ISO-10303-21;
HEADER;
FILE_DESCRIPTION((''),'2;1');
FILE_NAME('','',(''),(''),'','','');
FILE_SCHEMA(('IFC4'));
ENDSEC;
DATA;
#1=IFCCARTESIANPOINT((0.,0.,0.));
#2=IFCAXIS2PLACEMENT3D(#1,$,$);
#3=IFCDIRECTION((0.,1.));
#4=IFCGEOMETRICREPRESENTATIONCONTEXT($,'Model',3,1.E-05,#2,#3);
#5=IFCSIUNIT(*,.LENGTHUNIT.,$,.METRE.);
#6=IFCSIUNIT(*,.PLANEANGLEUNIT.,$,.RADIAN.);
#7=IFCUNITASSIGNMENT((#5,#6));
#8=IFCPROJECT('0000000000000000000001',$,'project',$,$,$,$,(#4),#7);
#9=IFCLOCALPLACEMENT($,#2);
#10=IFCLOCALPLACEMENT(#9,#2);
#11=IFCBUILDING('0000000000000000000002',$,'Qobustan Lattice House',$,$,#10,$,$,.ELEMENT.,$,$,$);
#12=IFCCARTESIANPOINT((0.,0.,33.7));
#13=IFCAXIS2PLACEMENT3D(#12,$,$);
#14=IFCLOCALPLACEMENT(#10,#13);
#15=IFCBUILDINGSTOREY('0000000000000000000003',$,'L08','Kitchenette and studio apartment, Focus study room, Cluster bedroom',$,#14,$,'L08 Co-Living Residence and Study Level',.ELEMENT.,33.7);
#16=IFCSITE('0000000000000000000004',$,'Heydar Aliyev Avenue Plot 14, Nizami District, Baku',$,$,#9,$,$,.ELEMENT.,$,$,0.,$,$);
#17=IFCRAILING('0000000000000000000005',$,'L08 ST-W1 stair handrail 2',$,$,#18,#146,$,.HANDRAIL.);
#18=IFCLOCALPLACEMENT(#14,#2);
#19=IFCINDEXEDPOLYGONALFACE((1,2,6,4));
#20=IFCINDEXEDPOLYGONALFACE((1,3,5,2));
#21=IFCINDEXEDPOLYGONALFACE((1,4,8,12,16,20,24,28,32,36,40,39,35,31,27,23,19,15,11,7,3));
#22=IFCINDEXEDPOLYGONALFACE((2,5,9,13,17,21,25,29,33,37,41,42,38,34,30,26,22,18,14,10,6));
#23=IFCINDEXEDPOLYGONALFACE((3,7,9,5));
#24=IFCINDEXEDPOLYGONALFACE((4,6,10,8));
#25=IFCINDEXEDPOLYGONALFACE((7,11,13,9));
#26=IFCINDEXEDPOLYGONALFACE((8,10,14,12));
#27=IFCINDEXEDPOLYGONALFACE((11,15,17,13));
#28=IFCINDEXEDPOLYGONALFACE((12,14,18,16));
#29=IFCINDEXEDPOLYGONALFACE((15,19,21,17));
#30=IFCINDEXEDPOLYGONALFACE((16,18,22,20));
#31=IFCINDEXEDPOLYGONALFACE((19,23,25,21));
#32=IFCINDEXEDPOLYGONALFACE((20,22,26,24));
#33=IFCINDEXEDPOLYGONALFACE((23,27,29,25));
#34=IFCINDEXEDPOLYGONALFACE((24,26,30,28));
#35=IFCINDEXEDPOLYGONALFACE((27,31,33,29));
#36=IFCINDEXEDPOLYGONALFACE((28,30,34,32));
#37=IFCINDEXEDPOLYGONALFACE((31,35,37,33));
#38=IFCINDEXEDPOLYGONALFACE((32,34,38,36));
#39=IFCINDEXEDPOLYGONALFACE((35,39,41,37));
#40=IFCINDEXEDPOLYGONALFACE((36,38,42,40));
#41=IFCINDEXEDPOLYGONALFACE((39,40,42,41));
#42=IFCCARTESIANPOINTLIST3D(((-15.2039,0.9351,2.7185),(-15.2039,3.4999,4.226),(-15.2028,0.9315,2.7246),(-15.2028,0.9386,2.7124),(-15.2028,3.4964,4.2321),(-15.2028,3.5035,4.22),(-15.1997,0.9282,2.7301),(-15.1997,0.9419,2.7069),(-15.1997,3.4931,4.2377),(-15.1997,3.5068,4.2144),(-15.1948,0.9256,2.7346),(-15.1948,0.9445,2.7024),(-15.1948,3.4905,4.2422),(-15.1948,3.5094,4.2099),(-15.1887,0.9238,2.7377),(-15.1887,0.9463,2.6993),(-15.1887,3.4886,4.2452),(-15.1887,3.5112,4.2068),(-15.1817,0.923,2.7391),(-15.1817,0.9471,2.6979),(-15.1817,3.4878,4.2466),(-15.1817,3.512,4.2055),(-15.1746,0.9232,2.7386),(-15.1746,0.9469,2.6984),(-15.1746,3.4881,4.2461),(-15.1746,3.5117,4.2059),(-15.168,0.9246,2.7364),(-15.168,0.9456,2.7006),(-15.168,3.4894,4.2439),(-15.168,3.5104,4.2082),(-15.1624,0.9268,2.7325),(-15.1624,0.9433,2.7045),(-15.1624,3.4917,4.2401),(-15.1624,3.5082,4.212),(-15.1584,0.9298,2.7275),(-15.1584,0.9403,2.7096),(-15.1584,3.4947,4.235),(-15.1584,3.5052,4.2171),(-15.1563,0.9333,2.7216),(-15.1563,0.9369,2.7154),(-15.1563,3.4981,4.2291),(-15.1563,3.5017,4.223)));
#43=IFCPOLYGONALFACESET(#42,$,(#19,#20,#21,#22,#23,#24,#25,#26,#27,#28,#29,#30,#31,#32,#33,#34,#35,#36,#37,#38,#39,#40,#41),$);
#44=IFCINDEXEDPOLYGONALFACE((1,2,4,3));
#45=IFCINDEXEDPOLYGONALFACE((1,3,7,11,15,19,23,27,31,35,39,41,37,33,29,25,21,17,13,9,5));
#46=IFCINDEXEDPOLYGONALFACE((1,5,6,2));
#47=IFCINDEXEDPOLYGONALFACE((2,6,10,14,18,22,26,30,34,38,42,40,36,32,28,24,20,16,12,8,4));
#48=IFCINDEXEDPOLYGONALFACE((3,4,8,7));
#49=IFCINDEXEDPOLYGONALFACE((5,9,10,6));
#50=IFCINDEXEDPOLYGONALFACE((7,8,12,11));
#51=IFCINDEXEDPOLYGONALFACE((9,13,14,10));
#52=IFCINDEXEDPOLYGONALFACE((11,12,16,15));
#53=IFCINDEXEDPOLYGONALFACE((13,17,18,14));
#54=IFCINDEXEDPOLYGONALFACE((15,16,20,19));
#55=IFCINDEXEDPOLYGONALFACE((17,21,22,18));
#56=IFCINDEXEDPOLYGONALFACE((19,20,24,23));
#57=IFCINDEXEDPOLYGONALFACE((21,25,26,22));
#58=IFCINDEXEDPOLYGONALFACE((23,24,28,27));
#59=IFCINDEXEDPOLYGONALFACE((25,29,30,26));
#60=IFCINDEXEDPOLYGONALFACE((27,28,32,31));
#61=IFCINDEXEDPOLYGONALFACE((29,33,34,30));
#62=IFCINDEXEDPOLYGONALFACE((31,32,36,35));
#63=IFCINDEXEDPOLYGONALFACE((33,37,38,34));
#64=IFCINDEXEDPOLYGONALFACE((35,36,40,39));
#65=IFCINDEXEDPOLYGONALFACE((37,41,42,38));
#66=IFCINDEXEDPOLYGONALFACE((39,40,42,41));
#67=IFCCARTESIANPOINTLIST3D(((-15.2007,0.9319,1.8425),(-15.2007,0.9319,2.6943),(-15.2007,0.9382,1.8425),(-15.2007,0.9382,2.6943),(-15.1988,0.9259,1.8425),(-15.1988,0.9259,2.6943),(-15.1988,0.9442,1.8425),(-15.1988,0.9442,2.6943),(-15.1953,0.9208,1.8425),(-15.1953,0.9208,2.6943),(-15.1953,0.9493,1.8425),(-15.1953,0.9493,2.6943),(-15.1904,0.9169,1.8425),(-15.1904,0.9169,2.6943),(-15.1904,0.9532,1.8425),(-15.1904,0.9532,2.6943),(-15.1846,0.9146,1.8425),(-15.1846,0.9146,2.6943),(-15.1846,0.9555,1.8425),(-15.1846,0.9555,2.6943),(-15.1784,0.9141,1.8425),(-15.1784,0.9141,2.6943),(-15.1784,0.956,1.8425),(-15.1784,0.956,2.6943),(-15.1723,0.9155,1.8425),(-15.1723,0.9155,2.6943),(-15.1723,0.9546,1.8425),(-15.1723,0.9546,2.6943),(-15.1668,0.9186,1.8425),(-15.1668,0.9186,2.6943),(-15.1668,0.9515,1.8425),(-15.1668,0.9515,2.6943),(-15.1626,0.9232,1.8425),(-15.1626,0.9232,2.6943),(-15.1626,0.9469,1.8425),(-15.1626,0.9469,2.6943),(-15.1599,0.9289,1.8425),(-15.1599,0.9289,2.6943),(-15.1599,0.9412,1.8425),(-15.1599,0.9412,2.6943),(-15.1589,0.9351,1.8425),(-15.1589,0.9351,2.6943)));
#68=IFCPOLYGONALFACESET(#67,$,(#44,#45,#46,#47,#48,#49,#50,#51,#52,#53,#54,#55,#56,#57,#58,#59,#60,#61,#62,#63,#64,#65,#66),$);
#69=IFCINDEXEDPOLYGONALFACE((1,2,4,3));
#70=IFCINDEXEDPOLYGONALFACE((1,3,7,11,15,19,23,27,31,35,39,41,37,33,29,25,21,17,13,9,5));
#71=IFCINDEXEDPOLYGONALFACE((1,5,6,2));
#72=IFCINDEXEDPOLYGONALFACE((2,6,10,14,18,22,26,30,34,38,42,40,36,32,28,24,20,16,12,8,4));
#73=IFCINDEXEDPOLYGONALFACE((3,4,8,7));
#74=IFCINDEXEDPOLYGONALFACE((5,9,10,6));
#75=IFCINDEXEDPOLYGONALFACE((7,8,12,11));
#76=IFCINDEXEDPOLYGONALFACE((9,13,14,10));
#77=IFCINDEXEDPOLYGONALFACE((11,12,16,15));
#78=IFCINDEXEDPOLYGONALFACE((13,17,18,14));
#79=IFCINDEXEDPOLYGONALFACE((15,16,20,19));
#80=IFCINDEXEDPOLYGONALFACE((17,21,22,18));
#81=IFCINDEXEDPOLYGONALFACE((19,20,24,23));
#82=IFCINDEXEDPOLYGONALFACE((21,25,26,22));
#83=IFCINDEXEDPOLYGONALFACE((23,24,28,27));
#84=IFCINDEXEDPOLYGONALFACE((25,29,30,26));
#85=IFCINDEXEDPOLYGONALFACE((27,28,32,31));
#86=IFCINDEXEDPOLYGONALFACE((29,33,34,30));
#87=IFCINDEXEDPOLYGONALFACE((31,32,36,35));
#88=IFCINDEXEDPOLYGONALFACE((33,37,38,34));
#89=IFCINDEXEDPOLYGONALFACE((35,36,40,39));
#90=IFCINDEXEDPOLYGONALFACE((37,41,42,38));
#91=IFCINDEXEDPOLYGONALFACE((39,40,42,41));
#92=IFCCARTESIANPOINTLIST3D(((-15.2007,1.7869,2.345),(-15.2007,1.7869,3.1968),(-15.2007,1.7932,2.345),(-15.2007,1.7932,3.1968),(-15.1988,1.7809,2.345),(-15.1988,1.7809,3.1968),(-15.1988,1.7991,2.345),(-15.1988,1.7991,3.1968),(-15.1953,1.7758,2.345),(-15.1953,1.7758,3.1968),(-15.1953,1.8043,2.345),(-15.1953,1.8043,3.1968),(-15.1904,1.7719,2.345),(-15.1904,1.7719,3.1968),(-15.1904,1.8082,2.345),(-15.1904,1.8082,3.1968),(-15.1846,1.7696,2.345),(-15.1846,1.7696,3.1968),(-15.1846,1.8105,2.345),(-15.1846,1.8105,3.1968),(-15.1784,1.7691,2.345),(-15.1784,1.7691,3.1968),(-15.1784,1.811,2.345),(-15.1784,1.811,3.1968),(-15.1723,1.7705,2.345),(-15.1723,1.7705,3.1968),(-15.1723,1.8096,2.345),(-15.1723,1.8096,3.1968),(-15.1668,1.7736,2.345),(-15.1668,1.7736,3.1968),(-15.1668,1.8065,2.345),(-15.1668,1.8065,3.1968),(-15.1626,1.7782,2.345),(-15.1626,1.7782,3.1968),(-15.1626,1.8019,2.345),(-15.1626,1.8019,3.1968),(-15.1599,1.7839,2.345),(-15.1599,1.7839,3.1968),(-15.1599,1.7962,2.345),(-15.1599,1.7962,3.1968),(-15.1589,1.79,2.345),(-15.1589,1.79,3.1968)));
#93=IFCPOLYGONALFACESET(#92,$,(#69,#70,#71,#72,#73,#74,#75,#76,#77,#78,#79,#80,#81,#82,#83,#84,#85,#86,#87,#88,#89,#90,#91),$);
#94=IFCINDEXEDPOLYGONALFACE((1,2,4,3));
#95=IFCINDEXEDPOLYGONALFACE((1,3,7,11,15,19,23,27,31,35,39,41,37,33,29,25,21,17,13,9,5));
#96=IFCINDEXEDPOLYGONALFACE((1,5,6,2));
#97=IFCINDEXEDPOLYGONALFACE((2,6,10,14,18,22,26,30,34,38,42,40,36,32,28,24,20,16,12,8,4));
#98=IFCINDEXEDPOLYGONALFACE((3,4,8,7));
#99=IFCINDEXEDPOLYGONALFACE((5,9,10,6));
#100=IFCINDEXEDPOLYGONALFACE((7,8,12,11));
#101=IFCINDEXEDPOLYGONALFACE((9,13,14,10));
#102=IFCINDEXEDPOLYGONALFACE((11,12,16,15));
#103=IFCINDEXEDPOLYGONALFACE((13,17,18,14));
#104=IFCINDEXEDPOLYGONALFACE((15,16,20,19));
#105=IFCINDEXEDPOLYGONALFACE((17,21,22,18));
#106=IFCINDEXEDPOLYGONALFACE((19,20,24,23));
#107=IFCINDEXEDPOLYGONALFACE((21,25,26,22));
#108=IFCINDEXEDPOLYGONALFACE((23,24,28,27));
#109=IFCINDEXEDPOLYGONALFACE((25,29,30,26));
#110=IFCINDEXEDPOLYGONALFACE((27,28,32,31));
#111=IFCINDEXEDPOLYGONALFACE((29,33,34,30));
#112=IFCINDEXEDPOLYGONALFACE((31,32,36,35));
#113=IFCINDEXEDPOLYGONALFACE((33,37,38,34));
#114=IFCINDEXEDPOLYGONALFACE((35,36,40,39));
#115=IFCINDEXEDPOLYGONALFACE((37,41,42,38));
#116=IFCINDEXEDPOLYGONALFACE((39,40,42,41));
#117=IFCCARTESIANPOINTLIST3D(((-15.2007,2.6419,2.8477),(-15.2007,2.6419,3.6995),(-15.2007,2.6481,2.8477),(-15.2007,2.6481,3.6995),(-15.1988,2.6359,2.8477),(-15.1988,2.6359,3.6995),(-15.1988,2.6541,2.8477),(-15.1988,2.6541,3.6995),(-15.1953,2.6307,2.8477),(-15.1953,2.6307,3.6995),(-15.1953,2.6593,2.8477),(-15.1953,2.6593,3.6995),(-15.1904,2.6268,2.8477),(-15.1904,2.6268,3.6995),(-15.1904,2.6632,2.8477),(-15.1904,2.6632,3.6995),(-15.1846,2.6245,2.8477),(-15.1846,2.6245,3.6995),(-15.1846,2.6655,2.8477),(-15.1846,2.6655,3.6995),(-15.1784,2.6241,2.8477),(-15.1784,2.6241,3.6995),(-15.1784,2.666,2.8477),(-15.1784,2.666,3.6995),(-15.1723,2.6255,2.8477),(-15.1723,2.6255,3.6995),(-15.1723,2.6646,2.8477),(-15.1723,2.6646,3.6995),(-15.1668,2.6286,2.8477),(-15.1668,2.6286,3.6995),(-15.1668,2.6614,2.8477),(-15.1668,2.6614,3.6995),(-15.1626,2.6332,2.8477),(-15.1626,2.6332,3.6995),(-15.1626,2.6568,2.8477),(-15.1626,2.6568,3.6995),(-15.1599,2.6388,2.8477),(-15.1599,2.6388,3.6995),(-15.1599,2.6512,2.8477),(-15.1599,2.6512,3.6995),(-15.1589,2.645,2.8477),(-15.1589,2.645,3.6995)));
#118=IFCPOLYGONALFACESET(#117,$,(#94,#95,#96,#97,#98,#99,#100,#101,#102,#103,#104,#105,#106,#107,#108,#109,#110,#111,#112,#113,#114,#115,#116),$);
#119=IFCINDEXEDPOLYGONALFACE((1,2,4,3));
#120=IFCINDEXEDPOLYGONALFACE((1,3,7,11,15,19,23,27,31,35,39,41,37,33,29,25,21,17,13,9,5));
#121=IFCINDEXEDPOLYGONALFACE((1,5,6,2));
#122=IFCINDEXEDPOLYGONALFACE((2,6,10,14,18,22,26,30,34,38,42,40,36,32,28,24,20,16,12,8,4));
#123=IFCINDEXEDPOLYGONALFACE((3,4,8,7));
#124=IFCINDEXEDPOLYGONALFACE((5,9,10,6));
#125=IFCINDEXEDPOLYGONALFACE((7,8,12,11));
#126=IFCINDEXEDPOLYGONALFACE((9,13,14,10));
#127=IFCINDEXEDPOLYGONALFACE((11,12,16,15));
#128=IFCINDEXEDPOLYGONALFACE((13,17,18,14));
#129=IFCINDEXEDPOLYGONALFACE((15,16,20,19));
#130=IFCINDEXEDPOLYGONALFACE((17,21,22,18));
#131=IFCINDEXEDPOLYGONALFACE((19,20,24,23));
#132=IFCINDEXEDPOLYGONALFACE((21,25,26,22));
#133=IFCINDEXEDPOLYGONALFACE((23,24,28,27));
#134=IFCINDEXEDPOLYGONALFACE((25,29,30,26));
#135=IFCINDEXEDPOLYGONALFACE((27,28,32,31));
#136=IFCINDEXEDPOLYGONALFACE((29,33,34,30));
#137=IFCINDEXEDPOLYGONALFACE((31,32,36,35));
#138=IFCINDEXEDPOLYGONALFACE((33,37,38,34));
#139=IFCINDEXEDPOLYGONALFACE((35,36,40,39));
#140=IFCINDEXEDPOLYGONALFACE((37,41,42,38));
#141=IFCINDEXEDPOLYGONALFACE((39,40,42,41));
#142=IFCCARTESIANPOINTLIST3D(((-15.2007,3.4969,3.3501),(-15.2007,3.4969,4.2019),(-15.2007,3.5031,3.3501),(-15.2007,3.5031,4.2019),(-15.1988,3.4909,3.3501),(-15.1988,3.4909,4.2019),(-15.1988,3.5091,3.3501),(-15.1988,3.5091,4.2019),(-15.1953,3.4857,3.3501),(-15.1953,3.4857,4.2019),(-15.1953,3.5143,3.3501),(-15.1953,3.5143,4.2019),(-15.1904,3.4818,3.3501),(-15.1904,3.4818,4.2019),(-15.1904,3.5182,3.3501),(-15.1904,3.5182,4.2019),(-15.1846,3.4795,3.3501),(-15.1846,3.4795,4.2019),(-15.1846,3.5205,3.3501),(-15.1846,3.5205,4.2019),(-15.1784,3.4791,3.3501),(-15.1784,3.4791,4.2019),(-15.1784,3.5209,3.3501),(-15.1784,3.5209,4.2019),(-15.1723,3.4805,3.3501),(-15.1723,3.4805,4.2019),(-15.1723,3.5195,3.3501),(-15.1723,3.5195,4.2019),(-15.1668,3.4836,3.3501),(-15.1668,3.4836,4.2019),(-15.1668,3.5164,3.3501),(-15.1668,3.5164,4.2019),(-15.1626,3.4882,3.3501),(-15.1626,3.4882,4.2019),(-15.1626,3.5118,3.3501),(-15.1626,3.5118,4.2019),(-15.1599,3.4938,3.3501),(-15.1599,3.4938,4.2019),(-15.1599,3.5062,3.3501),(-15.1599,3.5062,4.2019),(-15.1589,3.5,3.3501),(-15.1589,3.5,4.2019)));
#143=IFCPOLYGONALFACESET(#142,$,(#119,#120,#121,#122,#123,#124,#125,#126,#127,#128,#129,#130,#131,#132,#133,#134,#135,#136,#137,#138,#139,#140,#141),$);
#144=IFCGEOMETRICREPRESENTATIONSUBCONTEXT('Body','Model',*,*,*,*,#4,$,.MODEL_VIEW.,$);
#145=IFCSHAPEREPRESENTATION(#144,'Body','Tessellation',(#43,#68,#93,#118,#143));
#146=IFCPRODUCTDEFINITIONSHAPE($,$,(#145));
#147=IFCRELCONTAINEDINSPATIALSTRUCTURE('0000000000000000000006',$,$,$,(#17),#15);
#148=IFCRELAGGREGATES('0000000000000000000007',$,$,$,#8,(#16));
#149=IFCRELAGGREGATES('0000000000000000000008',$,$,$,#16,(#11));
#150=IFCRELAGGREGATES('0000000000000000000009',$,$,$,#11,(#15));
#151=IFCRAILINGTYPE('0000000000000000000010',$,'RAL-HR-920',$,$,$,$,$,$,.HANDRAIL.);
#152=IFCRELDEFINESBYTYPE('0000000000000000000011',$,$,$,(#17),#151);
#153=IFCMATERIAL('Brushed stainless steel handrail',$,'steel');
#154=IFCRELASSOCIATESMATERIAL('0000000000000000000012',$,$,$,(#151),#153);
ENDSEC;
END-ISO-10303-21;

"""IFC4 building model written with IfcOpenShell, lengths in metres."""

from ifc_helpers import new_model, si_unit, direction, frame, origin, origin_2d, place, context, subcontext, project, spatial, circle, extrude, material, type_object, element, save


model = new_model("IFC4")

# Units and contexts
model_context = context("Model", 3, precision=1e-05, world=origin(), true_north=direction((0.0, 1.0)))
body_context = subcontext(model_context, "Body", "Model", "MODEL_VIEW")
ifc_project = project(units=[si_unit("LENGTHUNIT", "METRE"), si_unit("PLANEANGLEUNIT", "RADIAN")], contexts=[model_context])

# Site, building, storey
site_placement = place(None, origin())
site = spatial("IfcSite", under=ifc_project, at=site_placement, Name="Heydar Aliyev Avenue Plot 14, Nizami District, Baku", CompositionType="ELEMENT", RefElevation=0.0)
building_placement = place(site_placement, origin())
building = spatial("IfcBuilding", under=site, at=building_placement, Name="Qobustan Lattice House", CompositionType="ELEMENT")
storey_placement = place(building_placement, frame((0.0, 0.0, 33.7)))
storey = spatial("IfcBuildingStorey", under=building, at=storey_placement, Name="L08", Description="Kitchenette and studio apartment, Focus study room, Cluster bedroom", LongName="L08 Co-Living Residence and Study Level", CompositionType="ELEMENT", Elevation=33.7)

# Railing
ifc_material_1 = material(Name="Brushed stainless steel handrail", Category="steel")
railing_type_1 = type_object("IfcRailingType", Name="RAL-HR-920", PredefinedType="HANDRAIL", material=ifc_material_1)
railing_1_placement = place(storey_placement, frame((-15.1799, 0.9351, 1.8425)))
element("IfcRailing", 1, at=railing_1_placement, inside=storey, type_object=railing_type_1, Name="L08 ST-W1 stair handrail 2", PredefinedType="HANDRAIL", context=body_context, shape_type="SweptSolid", body=[
    extrude(circle(Radius=0.0239, at=origin_2d()), frame((0.0, 0.0, 0.876), z_axis=(0.0, 0.862113, 0.506715), x_axis=(-1.0, 0.0, 0.0)), (0.0, 0.0, 1.0), 2.9751),
    extrude(circle(Radius=0.021, at=origin_2d()), origin(), (0.0, 0.0, 1.0), 0.8518),
    extrude(circle(Radius=0.021, at=origin_2d()), frame((0.0, 0.855, 0.5024)), (0.0, 0.0, 1.0), 0.8518),
    extrude(circle(Radius=0.021, at=origin_2d()), frame((0.0, 1.71, 1.0051)), (0.0, 0.0, 1.0), 0.8518),
    extrude(circle(Radius=0.021, at=origin_2d()), frame((0.0, 2.5649, 1.5076)), (0.0, 0.0, 1.0), 0.8518),
])

save(model, "model.ifc")
